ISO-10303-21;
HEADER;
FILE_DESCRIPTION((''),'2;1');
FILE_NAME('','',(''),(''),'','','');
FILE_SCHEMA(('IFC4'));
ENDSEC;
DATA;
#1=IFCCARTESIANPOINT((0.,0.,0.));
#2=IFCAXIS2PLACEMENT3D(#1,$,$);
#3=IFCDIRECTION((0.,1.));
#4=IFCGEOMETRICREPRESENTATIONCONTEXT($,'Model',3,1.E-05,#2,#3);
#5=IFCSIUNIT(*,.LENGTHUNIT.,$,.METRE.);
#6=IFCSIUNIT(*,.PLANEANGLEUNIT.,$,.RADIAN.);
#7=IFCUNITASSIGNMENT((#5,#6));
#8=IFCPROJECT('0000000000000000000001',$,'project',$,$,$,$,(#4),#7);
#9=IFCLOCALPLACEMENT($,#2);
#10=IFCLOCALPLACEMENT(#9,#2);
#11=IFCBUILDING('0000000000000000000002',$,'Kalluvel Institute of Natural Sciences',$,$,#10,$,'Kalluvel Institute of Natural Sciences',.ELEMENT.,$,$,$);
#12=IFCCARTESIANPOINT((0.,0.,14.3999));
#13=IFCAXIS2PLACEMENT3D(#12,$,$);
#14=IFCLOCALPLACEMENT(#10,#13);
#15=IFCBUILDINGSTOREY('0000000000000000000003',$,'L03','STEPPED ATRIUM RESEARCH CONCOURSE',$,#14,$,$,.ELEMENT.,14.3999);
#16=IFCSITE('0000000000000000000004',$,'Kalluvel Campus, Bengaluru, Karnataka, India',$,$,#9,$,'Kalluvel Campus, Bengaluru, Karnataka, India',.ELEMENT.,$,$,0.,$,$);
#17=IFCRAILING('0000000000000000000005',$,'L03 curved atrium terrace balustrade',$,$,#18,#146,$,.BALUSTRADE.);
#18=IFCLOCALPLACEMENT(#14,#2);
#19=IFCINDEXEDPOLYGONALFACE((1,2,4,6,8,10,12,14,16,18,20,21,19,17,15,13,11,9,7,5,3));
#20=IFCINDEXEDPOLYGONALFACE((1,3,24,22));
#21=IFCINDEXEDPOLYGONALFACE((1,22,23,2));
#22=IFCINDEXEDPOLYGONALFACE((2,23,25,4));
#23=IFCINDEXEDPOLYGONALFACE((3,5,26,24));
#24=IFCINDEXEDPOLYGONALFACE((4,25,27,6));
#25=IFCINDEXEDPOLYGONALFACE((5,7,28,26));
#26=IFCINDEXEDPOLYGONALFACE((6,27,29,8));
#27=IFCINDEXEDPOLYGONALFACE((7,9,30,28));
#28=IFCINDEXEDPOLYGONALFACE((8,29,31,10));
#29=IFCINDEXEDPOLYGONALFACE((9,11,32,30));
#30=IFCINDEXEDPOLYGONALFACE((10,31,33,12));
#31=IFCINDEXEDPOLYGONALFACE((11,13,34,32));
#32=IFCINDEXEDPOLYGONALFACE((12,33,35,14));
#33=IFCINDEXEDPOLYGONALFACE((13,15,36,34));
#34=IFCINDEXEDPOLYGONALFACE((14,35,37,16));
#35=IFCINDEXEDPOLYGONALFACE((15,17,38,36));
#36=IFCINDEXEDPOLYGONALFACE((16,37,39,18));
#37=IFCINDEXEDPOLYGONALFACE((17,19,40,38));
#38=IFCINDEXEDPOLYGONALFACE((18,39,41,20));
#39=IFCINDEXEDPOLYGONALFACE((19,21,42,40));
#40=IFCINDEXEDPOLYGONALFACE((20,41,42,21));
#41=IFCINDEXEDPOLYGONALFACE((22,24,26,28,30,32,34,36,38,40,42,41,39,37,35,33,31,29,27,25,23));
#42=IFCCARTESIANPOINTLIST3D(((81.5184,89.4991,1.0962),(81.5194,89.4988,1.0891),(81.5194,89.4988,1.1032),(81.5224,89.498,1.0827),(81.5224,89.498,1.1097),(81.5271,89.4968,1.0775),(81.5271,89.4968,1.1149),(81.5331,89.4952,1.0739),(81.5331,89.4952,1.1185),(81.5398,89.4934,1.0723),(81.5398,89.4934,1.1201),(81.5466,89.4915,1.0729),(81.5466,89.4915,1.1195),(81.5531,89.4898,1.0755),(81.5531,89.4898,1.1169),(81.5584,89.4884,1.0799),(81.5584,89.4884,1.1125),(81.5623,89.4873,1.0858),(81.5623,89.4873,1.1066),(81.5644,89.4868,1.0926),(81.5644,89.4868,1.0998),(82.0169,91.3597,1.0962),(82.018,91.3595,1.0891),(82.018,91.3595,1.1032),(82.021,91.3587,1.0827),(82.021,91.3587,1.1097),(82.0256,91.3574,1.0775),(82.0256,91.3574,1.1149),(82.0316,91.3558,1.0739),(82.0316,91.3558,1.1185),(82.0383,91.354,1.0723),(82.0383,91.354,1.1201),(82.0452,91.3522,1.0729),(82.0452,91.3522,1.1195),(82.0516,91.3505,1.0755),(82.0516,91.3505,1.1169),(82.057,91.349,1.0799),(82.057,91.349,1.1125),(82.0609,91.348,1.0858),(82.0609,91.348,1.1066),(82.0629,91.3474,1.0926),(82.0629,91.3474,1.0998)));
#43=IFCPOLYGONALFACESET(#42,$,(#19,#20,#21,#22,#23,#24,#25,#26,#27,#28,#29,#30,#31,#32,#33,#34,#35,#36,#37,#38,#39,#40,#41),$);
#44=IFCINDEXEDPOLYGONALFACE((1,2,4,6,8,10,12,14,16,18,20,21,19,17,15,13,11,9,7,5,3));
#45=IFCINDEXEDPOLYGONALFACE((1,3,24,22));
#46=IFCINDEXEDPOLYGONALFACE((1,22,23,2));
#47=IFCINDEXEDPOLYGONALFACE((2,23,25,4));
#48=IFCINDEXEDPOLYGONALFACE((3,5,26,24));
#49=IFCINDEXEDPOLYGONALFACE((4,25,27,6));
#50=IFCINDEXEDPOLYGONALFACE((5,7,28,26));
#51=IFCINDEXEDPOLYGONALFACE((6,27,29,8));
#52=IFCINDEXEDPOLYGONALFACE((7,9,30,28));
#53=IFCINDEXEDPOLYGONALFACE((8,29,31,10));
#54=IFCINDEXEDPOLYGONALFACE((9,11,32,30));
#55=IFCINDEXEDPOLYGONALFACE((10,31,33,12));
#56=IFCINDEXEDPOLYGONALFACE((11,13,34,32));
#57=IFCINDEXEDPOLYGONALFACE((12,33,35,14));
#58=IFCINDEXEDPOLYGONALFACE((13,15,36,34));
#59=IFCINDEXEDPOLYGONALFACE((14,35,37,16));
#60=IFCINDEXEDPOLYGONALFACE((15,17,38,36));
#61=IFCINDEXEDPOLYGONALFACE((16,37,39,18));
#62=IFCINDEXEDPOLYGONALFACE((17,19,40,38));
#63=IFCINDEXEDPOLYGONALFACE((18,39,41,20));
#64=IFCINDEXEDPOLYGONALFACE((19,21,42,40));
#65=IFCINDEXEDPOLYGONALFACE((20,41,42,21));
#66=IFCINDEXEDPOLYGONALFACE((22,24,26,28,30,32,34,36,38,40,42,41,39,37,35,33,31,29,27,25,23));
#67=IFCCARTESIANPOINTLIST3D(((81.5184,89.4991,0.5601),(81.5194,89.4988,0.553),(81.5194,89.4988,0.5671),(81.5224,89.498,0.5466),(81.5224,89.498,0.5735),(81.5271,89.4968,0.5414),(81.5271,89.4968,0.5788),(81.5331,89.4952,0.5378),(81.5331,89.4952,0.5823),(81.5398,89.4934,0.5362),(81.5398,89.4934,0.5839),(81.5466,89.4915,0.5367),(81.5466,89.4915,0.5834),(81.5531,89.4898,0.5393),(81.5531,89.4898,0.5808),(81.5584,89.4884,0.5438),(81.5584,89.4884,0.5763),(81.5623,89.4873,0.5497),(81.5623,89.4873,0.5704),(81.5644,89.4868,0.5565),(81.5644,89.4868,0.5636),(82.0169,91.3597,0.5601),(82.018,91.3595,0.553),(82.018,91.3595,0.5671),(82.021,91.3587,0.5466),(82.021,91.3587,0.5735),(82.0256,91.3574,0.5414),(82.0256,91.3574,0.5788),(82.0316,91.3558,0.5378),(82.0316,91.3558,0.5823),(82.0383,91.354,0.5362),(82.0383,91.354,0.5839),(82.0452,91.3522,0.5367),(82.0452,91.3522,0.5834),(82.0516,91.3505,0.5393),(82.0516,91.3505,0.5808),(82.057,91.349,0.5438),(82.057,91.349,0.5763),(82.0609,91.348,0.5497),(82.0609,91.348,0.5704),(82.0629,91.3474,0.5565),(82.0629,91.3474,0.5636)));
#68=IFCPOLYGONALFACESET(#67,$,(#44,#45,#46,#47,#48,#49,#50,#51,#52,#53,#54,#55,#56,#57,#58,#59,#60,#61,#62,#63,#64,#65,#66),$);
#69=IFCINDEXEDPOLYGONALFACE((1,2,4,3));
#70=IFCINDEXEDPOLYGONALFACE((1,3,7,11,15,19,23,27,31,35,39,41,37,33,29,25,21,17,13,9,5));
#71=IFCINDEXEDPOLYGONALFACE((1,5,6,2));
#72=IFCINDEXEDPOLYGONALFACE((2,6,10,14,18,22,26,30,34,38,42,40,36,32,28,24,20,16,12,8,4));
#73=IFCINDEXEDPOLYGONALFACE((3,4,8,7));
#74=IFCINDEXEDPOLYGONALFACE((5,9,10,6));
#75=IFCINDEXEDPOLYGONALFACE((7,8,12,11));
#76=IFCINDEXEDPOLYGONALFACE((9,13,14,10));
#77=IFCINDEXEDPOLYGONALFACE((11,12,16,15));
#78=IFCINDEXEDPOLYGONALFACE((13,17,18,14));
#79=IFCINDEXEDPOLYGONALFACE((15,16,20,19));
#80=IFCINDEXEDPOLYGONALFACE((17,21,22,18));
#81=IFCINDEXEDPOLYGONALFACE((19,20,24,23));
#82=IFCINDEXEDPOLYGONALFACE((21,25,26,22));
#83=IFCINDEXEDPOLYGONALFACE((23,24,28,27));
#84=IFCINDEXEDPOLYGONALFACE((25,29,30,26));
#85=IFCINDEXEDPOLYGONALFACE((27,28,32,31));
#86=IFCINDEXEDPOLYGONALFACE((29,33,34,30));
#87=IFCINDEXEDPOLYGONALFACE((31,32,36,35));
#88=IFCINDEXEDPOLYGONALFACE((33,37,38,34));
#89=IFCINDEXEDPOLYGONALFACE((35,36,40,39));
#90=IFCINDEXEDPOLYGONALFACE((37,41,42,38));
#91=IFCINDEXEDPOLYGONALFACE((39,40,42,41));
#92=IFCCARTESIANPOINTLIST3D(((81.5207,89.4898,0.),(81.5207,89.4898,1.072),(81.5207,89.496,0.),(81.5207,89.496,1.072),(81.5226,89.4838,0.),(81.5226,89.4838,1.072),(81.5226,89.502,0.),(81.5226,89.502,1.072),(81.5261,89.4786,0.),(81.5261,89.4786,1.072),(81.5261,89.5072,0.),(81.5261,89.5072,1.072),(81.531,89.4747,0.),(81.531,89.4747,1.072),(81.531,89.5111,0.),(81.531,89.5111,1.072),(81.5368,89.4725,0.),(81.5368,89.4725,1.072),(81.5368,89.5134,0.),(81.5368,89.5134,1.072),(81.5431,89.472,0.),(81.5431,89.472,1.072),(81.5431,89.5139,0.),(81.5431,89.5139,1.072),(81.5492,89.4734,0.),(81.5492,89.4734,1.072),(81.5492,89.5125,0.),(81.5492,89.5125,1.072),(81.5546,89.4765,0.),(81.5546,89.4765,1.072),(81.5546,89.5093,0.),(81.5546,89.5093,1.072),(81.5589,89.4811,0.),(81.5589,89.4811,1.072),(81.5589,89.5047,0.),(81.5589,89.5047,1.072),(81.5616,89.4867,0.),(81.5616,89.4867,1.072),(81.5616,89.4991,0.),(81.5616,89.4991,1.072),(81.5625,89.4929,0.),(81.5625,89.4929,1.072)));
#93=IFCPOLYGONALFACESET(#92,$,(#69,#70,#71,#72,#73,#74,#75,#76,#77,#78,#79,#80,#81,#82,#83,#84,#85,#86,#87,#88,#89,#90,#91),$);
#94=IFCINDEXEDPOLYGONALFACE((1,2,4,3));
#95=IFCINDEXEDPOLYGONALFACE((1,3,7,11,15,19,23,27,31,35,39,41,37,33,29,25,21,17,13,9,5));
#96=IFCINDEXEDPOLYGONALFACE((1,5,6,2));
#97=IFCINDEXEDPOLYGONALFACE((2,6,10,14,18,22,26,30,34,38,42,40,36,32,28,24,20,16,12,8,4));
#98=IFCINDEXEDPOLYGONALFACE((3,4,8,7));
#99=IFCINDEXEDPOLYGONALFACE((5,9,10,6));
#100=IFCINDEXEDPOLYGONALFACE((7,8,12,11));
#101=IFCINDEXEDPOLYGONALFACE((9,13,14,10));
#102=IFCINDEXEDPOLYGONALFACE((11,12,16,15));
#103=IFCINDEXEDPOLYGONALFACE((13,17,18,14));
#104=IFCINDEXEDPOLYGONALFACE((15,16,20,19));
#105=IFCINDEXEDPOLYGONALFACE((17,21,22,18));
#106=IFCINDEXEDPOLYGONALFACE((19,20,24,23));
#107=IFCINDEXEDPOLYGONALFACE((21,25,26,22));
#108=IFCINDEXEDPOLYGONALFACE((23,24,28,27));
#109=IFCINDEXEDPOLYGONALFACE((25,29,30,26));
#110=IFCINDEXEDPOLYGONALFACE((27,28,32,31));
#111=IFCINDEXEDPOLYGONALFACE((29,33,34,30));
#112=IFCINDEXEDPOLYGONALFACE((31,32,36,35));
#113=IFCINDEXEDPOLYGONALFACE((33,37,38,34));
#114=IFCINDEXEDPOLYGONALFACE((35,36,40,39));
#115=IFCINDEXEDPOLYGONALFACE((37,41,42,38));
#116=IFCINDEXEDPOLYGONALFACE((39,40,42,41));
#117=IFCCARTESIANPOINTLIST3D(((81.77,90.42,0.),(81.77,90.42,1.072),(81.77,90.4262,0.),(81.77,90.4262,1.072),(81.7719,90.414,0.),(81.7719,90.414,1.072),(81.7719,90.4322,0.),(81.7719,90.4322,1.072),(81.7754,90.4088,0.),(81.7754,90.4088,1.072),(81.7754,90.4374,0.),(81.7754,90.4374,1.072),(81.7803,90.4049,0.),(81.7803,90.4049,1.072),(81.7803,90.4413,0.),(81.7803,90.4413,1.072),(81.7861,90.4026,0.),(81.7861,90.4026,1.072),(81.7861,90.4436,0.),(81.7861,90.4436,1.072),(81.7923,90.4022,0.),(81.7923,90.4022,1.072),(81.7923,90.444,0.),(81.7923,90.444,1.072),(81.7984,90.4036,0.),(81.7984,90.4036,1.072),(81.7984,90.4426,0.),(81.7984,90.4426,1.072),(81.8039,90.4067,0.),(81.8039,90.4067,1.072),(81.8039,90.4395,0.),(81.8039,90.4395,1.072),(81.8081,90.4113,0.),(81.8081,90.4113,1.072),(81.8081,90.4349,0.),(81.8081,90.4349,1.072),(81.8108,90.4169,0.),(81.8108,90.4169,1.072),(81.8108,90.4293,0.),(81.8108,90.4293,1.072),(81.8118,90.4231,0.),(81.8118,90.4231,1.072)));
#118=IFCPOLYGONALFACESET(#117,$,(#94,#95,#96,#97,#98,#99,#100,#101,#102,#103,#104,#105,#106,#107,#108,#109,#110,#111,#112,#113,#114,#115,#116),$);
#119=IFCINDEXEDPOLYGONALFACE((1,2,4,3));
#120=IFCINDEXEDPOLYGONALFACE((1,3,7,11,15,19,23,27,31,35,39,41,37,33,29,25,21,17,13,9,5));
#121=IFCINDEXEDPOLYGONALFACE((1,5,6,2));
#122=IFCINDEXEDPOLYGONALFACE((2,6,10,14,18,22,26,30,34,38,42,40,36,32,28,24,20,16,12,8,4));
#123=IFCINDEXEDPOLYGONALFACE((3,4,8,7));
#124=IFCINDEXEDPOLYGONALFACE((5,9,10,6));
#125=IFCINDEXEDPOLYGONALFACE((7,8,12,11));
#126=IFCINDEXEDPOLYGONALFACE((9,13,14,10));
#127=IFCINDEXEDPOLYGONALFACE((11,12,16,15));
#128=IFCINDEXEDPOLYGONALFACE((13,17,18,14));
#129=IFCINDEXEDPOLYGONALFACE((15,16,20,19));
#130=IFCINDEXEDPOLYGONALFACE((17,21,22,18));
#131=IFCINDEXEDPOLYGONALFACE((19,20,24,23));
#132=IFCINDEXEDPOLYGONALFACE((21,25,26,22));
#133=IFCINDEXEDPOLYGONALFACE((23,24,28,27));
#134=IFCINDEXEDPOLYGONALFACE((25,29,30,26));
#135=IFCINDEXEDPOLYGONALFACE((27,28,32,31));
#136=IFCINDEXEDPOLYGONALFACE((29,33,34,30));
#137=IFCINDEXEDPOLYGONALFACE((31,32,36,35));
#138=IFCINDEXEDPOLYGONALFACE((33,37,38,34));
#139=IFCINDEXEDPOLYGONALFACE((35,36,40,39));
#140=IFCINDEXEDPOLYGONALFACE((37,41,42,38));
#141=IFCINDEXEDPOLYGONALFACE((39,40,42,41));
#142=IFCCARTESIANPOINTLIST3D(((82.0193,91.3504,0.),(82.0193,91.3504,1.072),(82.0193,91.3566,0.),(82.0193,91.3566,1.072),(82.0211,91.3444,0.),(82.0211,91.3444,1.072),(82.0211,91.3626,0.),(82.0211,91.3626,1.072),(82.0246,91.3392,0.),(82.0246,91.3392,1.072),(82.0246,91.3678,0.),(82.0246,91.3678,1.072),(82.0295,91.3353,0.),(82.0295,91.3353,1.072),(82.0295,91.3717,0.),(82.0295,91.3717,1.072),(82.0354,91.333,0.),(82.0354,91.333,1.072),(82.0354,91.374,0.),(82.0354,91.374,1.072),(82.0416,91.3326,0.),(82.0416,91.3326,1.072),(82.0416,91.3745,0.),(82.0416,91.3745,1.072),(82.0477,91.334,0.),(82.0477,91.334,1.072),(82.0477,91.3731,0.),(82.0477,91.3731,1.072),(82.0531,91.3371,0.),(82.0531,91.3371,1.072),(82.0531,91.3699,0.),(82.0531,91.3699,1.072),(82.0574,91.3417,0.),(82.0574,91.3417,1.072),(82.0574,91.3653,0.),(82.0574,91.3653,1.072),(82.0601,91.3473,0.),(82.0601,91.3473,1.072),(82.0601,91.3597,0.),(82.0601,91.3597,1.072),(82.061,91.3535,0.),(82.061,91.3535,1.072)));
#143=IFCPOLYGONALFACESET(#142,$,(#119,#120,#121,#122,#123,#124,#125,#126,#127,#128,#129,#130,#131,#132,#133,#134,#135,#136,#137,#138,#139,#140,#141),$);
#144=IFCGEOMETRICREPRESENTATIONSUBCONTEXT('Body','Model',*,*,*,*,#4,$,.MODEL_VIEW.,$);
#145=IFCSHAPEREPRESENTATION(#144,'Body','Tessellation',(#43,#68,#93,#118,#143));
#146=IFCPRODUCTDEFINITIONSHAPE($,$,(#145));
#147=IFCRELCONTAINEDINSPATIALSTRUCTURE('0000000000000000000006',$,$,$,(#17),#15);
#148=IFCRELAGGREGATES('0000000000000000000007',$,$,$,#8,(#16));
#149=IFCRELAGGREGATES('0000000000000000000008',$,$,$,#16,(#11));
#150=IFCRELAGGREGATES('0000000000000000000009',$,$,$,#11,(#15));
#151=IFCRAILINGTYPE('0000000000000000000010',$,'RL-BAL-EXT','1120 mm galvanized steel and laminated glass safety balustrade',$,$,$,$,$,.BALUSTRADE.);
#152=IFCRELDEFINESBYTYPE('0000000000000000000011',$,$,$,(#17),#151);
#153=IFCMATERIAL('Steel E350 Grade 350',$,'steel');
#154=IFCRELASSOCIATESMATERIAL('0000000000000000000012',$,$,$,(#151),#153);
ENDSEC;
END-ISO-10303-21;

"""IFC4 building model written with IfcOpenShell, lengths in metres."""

from ifc_helpers import new_model, si_unit, direction, frame, origin, origin_2d, place, context, subcontext, project, spatial, circle, extrude, material, type_object, element, save


model = new_model("IFC4")

# Units and contexts
model_context = context("Model", 3, precision=1e-05, world=origin(), true_north=direction((0.0, 1.0)))
body_context = subcontext(model_context, "Body", "Model", "MODEL_VIEW")
ifc_project = project(units=[si_unit("LENGTHUNIT", "METRE"), si_unit("PLANEANGLEUNIT", "RADIAN")], contexts=[model_context])

# Site, building, storey
site_placement = place(None, origin())
site = spatial("IfcSite", under=ifc_project, at=site_placement, Name="Kalluvel Campus, Bengaluru, Karnataka, India", LongName="Kalluvel Campus, Bengaluru, Karnataka, India", CompositionType="ELEMENT", RefElevation=0.0)
building_placement = place(site_placement, origin())
building = spatial("IfcBuilding", under=site, at=building_placement, Name="Kalluvel Institute of Natural Sciences", LongName="Kalluvel Institute of Natural Sciences", CompositionType="ELEMENT")
storey_placement = place(building_placement, frame((0.0, 0.0, 14.3999)))
storey = spatial("IfcBuildingStorey", under=building, at=storey_placement, Name="L03", Description="STEPPED ATRIUM RESEARCH CONCOURSE", CompositionType="ELEMENT", Elevation=14.3999)

# Railing
ifc_material_1 = material(Name="Steel E350 Grade 350", Category="steel")
railing_type = type_object("IfcRailingType", Name="RL-BAL-EXT", Description="1120 mm galvanized steel and laminated glass safety balustrade", PredefinedType="BALUSTRADE", material=ifc_material_1)
railing_1_placement = place(storey_placement, frame((81.5415, 89.4929, 0.0)))
element("IfcRailing", 1, at=railing_1_placement, inside=storey, type_object=railing_type, Name="L03 curved atrium terrace balustrade", PredefinedType="BALUSTRADE", context=body_context, shape_type="SweptSolid", body=[
    extrude(circle(Radius=0.0239, at=origin_2d()), frame((0.0, 0.0, 1.0962), z_axis=(0.258814, 0.965927, 0.0), x_axis=(-0.965927, 0.258814, 0.0)), (0.0, 0.0, 1.0), 1.9263),
    extrude(circle(Radius=0.0239, at=origin_2d()), frame((0.0, 0.0, 0.5601), z_axis=(0.258814, 0.965927, 0.0), x_axis=(-0.965927, 0.258814, 0.0)), (0.0, 0.0, 1.0), 1.9263),
    extrude(circle(Radius=0.021, at=origin_2d()), origin(), (0.0, 0.0, 1.0), 1.072),
    extrude(circle(Radius=0.021, at=origin_2d()), frame((0.2493, 0.9302, 0.0)), (0.0, 0.0, 1.0), 1.072),
    extrude(circle(Radius=0.021, at=origin_2d()), frame((0.4985, 1.8606, 0.0)), (0.0, 0.0, 1.0), 1.072),
])

save(model, "model.ifc")
